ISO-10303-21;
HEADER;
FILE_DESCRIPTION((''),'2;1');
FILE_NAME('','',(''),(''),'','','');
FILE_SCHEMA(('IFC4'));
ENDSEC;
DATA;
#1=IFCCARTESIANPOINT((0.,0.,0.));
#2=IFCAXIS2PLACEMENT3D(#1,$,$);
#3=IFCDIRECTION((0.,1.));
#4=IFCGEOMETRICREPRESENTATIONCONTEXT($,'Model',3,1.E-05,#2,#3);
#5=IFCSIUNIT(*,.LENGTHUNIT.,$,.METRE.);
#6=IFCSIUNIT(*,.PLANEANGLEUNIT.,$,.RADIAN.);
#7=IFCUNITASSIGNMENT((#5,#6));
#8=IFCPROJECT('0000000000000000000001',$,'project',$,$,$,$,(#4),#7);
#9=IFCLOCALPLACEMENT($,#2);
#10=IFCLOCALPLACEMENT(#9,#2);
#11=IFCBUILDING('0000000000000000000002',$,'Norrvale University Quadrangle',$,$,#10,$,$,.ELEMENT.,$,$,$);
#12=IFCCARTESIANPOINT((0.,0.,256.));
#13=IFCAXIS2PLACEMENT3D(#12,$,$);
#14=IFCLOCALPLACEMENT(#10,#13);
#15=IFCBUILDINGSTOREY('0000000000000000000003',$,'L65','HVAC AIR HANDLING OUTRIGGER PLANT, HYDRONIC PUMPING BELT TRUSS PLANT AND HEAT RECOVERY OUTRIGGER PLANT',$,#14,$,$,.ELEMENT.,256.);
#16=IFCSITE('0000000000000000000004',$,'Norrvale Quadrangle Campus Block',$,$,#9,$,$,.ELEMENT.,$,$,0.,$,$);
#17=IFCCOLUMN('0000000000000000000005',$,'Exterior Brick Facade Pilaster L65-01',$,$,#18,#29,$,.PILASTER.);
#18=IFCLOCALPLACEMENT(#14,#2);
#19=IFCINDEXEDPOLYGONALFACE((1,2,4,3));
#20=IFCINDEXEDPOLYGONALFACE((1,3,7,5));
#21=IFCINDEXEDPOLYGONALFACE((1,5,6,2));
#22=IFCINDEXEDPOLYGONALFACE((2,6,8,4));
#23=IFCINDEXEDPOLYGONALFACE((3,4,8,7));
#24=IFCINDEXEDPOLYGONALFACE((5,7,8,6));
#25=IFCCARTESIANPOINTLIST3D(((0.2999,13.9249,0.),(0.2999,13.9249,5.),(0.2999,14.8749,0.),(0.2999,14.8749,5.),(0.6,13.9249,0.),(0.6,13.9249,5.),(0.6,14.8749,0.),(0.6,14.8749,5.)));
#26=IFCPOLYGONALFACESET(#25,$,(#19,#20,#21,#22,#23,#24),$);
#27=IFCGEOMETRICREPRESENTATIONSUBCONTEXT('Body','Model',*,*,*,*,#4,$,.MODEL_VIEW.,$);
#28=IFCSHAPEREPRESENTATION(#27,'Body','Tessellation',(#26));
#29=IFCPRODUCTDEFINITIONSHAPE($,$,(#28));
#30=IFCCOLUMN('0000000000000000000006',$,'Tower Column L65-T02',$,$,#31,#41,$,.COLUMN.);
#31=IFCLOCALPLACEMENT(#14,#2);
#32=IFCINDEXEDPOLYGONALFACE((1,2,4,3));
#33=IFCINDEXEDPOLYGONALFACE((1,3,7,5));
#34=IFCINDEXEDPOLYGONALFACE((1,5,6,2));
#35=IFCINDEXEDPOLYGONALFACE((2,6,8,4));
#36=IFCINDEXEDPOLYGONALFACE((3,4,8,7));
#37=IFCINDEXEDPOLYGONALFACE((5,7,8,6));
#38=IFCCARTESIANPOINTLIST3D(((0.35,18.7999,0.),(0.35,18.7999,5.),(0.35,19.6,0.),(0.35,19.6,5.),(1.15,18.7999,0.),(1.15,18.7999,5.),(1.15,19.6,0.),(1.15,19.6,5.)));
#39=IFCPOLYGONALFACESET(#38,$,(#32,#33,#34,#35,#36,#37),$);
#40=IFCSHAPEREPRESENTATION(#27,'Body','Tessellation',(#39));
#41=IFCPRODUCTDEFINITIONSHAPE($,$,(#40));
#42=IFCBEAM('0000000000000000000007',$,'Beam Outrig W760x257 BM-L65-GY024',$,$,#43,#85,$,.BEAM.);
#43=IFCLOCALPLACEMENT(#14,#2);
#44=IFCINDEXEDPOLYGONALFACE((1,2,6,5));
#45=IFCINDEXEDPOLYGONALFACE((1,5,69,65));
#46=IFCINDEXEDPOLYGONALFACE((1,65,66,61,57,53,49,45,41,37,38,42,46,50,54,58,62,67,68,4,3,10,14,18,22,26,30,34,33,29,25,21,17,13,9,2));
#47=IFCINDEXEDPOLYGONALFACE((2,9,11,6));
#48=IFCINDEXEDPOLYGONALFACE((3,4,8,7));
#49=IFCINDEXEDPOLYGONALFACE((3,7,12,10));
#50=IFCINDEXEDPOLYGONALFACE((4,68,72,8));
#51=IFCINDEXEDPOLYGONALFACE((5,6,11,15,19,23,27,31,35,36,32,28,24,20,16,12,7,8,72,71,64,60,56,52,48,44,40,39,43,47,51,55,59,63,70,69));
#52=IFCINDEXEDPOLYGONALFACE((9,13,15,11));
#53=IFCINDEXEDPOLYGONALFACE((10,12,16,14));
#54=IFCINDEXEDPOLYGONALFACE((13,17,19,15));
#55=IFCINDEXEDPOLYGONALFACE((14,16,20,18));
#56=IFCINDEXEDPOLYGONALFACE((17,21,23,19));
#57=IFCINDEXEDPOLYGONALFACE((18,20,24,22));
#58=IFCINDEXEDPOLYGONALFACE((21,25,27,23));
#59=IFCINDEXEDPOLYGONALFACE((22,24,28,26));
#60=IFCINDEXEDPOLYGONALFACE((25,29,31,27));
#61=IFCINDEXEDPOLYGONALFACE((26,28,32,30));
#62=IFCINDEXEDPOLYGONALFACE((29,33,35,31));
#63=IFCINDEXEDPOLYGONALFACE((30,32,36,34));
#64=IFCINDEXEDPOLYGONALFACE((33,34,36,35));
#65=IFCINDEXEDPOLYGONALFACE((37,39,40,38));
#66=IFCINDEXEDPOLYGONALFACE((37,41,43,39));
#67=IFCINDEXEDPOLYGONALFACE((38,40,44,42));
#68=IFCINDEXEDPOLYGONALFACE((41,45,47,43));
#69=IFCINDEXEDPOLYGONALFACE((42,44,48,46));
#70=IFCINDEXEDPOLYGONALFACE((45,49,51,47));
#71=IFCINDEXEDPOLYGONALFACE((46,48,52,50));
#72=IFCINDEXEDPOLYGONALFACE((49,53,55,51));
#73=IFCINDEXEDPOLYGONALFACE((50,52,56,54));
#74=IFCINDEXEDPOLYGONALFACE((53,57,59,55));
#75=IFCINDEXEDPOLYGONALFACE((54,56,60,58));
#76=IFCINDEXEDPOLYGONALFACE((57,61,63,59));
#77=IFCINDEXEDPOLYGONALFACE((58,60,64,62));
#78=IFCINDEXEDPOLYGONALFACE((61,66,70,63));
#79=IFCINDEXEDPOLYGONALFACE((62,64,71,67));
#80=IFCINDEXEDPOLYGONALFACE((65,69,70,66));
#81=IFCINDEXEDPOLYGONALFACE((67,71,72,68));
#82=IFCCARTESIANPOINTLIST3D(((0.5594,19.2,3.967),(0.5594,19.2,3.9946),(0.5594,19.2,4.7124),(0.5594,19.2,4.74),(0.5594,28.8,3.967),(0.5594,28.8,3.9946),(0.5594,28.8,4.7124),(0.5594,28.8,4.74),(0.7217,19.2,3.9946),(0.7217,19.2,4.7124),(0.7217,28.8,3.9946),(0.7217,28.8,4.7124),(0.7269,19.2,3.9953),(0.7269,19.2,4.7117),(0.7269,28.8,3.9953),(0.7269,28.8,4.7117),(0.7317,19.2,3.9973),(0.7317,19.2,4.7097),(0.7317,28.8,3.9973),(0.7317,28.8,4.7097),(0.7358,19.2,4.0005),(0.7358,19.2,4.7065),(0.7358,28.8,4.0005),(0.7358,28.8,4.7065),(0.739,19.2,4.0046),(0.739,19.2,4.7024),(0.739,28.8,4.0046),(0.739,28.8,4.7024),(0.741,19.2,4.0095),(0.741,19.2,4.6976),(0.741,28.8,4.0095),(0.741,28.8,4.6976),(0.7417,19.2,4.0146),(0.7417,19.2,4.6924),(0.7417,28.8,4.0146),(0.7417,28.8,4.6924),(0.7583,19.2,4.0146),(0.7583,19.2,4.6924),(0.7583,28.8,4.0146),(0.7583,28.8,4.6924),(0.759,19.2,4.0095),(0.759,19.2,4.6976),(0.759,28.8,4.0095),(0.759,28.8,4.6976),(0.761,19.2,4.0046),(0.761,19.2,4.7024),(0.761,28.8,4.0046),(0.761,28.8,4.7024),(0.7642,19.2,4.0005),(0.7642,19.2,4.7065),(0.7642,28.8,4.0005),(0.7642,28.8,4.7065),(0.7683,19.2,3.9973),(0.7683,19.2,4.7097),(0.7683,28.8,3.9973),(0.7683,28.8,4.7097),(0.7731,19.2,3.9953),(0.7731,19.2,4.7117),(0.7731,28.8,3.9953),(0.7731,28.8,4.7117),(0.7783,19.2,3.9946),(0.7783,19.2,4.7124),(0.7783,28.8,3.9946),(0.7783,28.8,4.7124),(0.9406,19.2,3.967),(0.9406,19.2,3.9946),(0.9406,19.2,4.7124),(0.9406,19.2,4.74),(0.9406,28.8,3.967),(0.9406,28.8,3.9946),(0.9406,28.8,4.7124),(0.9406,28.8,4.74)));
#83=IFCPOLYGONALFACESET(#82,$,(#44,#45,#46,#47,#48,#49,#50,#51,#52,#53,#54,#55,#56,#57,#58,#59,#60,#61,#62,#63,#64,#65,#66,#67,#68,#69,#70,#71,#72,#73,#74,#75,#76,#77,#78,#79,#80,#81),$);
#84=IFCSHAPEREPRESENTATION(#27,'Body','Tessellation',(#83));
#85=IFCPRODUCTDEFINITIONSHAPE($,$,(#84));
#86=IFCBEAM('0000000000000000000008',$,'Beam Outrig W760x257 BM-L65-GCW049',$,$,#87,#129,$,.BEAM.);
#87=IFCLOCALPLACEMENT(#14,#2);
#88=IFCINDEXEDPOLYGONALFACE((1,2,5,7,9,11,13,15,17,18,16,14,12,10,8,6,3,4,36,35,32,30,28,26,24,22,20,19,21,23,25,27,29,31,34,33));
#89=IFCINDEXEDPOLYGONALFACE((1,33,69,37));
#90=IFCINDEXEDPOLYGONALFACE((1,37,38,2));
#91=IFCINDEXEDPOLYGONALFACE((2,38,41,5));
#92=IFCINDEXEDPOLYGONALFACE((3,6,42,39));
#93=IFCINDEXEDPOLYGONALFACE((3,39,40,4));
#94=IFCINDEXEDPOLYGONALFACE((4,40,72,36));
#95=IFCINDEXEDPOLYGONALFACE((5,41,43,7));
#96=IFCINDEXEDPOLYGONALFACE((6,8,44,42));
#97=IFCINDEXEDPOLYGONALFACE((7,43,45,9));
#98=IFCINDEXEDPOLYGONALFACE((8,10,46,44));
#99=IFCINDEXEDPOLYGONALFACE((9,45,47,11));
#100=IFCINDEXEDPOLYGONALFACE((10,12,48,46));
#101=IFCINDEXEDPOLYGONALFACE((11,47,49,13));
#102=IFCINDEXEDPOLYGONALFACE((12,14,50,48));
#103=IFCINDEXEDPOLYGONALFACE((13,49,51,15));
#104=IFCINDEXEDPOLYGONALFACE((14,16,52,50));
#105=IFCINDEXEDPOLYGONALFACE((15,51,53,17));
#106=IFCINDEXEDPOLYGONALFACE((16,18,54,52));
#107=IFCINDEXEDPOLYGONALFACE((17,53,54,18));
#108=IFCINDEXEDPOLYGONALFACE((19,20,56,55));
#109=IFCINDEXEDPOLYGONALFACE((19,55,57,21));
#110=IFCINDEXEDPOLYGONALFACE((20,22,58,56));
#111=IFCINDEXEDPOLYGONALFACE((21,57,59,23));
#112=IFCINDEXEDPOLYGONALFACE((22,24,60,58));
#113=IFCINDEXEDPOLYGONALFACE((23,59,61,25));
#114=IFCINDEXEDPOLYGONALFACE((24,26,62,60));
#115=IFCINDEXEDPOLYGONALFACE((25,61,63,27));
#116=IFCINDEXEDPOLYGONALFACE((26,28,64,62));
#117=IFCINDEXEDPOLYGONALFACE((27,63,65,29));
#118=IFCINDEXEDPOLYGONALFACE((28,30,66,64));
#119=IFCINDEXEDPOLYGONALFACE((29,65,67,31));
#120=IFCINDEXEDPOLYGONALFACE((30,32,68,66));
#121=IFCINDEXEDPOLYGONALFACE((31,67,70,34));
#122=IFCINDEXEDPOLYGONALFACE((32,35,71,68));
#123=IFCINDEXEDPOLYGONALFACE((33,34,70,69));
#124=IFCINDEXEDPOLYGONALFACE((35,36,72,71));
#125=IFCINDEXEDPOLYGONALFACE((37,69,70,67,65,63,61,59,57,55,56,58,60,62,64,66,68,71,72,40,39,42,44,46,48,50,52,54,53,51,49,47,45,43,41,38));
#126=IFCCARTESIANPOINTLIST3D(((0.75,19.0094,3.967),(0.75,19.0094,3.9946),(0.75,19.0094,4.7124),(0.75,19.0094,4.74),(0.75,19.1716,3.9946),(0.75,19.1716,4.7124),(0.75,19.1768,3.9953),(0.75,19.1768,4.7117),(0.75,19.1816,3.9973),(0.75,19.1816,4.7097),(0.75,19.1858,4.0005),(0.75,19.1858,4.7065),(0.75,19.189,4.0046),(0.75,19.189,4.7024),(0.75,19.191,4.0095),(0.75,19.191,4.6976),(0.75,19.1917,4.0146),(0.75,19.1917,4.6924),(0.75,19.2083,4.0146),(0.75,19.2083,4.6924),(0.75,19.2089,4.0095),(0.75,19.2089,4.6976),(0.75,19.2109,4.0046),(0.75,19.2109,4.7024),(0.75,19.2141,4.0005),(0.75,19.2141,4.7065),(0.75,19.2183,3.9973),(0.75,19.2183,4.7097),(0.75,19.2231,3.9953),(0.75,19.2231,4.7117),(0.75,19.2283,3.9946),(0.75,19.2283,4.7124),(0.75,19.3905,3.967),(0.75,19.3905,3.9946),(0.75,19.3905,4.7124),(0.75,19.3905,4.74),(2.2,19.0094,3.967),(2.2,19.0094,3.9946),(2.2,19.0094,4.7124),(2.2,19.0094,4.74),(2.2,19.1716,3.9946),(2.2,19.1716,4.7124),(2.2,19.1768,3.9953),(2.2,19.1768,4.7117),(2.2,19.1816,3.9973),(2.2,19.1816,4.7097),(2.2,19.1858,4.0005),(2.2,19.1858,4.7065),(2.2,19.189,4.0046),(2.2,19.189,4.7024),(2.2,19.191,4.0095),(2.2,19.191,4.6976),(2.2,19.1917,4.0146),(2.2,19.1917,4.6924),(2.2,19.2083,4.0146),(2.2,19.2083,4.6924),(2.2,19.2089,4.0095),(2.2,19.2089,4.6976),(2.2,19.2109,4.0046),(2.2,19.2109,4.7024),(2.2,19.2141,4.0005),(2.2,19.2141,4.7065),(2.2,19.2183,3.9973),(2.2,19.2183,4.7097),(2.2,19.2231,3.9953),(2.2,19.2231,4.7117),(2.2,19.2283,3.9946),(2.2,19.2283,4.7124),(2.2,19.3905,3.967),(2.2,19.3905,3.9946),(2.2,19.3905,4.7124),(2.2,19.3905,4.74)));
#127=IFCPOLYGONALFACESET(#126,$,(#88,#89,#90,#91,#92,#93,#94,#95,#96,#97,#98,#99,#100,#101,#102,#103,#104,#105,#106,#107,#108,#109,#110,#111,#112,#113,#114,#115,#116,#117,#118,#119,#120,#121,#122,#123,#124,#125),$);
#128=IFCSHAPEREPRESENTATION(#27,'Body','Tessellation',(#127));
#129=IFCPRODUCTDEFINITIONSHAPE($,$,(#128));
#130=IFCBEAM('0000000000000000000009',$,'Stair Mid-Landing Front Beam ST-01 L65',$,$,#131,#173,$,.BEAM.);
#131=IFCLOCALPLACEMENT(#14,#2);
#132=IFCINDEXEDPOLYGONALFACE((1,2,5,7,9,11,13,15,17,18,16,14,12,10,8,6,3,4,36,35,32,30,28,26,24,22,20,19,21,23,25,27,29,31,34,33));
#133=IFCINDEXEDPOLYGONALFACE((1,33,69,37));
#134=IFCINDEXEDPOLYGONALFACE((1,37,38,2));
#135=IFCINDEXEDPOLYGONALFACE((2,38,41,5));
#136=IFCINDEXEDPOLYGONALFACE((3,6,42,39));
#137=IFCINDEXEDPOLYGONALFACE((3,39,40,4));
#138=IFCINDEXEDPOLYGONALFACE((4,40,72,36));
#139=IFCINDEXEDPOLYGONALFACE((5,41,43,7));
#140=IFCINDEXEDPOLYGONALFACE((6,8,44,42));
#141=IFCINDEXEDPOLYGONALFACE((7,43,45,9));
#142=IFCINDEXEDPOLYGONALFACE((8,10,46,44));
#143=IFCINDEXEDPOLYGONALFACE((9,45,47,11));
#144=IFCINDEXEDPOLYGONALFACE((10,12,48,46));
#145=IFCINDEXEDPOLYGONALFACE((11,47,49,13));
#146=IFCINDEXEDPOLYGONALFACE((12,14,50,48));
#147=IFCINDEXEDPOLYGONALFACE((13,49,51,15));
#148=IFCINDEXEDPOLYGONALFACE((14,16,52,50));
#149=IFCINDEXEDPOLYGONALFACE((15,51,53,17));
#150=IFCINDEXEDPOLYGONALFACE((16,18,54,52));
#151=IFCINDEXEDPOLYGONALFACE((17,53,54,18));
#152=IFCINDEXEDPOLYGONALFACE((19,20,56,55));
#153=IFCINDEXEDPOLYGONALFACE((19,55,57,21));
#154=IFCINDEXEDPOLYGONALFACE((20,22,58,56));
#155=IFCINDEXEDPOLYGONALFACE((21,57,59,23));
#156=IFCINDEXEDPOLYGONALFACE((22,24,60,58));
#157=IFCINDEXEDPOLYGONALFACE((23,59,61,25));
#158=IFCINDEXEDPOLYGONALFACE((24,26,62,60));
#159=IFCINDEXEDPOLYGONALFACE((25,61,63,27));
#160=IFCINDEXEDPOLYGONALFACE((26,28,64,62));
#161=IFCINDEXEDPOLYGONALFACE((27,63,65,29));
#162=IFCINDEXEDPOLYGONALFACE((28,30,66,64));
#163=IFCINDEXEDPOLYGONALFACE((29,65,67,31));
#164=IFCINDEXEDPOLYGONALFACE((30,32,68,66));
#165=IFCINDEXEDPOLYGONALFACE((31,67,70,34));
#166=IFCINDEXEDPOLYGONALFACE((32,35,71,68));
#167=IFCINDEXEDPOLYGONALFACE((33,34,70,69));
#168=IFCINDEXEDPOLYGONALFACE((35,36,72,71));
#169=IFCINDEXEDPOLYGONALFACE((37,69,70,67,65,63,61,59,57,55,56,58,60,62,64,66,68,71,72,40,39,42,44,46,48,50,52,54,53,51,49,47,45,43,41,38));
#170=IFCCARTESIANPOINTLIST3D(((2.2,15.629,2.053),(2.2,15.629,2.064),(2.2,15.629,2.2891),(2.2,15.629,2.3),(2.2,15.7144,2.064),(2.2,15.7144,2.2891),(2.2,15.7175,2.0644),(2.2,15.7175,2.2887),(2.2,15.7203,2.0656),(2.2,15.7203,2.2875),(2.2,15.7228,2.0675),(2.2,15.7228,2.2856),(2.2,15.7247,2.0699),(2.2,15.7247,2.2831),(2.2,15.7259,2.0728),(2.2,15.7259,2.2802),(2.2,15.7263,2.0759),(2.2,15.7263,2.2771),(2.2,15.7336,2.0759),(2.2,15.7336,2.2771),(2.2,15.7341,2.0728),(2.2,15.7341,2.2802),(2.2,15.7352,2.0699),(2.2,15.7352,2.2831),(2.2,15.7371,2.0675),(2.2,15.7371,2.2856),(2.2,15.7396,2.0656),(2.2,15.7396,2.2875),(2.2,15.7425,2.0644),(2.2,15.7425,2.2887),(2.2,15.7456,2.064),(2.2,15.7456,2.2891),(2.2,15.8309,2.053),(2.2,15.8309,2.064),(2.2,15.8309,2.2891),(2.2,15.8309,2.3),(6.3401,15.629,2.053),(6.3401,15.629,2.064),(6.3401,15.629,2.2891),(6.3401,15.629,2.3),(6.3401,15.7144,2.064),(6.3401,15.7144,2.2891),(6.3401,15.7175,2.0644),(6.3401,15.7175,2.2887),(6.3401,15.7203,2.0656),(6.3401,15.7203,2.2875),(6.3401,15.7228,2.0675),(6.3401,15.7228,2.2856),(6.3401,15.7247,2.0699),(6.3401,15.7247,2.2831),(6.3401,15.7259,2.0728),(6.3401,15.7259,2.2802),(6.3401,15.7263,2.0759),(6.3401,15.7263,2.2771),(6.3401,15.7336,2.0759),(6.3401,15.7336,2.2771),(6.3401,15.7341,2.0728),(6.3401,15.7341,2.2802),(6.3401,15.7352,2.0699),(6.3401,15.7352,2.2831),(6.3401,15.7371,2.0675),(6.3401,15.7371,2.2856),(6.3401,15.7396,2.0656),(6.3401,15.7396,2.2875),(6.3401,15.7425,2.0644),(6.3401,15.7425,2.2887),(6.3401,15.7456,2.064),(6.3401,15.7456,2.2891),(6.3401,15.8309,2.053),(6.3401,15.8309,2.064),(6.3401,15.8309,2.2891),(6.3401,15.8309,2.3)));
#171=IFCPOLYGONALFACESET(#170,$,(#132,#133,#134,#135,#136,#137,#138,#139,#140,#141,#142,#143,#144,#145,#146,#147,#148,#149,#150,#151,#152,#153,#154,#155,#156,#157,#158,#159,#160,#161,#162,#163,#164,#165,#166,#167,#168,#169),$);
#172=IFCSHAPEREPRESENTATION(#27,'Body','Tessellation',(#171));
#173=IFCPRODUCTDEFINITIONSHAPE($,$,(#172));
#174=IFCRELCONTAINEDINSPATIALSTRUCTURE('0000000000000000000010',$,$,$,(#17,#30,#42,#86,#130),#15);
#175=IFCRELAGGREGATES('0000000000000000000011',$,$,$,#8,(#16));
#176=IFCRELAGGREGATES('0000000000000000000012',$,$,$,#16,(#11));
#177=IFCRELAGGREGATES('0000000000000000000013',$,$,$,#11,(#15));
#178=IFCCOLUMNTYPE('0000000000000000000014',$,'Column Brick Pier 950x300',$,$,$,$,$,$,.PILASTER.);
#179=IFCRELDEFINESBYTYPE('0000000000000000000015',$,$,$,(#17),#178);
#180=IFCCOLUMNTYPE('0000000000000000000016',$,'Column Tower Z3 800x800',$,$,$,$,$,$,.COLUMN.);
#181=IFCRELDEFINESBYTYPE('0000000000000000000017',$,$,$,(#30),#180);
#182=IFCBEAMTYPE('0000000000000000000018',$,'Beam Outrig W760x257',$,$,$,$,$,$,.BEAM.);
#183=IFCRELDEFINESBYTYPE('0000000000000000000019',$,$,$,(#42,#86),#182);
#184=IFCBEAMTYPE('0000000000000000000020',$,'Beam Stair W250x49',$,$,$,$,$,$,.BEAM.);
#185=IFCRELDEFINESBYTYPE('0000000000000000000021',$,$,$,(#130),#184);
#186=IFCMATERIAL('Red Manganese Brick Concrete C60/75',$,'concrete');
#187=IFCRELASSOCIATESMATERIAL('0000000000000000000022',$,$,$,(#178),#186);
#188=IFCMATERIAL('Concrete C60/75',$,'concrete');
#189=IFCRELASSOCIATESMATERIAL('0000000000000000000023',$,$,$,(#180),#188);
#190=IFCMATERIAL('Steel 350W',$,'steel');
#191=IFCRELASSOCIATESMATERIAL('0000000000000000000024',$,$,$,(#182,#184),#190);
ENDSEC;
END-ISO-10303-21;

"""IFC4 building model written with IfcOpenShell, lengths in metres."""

from ifc_helpers import new_model, si_unit, direction, frame, origin, origin_2d, place, context, subcontext, project, spatial, rectangle, i_section, extrude, material, material_profile, profile_set, type_object, element, save


model = new_model("IFC4")

# Units and contexts
model_context = context("Model", 3, precision=1e-05, world=origin(), true_north=direction((0.0, 1.0)))
body_context = subcontext(model_context, "Body", "Model", "MODEL_VIEW")
ifc_project = project(units=[si_unit("LENGTHUNIT", "METRE"), si_unit("PLANEANGLEUNIT", "RADIAN")], contexts=[model_context])

# Site, building, storey
site_placement = place(None, origin())
site = spatial("IfcSite", under=ifc_project, at=site_placement, Name="Norrvale Quadrangle Campus Block", CompositionType="ELEMENT", RefElevation=0.0)
building_placement = place(site_placement, origin())
building = spatial("IfcBuilding", under=site, at=building_placement, Name="Norrvale University Quadrangle", CompositionType="ELEMENT")
storey_placement = place(building_placement, frame((0.0, 0.0, 256.0)))
storey = spatial("IfcBuildingStorey", under=building, at=storey_placement, Name="L65", Description="HVAC AIR HANDLING OUTRIGGER PLANT, HYDRONIC PUMPING BELT TRUSS PLANT AND HEAT RECOVERY OUTRIGGER PLANT", CompositionType="ELEMENT", Elevation=256.0)

# Columns
ifc_material_1 = material(Name="Red Manganese Brick Concrete C60/75", Category="concrete")
ifc_material_profile_1 = material_profile(ifc_material_1, rectangle(XDim=0.95, YDim=0.3, at=origin_2d()), Name="Red Manganese Brick Concrete C60/75")
ifc_profile_set_1 = profile_set([ifc_material_profile_1], Name="Red Manganese Brick Concrete C60/75")
column_type_1 = type_object("IfcColumnType", Name="Column Brick Pier 950x300", PredefinedType="PILASTER", material=ifc_profile_set_1)
column_1_placement = place(storey_placement, frame((0.45, 14.3999, 0.0), z_axis=(0.0, 0.0, 1.0), x_axis=(0.0, 1.0, 0.0)))
element("IfcColumn", 1, at=column_1_placement, inside=storey, type_object=column_type_1, Name="Exterior Brick Facade Pilaster L65-01", PredefinedType="PILASTER", context=body_context, shape_type="SweptSolid", body=[
    extrude(rectangle(XDim=0.95, YDim=0.3, at=origin_2d()), origin(), (0.0, 0.0, 1.0), 5.0),
])
ifc_material_2 = material(Name="Concrete C60/75", Category="concrete")
ifc_material_profile_2 = material_profile(ifc_material_2, rectangle(XDim=0.8, YDim=0.8, at=origin_2d()), Name="Concrete C60/75")
ifc_profile_set_2 = profile_set([ifc_material_profile_2], Name="Concrete C60/75")
column_type_2 = type_object("IfcColumnType", Name="Column Tower Z3 800x800", PredefinedType="COLUMN", material=ifc_profile_set_2)
column_2_placement = place(storey_placement, frame((0.75, 19.2, 0.0), z_axis=(0.0, 0.0, 1.0), x_axis=(1.0, 0.0, 0.0)))
element("IfcColumn", 2, at=column_2_placement, inside=storey, type_object=column_type_2, Name="Tower Column L65-T02", PredefinedType="COLUMN", context=body_context, shape_type="SweptSolid", body=[
    extrude(rectangle(XDim=0.8, YDim=0.8, at=origin_2d()), origin(), (0.0, 0.0, 1.0), 5.0),
])

# Beams
ifc_material_3 = material(Name="Steel 350W", Category="steel")
ifc_material_profile_3 = material_profile(ifc_material_3, i_section(OverallWidth=0.3811, OverallDepth=0.7729, WebThickness=0.0166, FlangeThickness=0.0276, FilletRadius=0.02, at=origin_2d()), Name="Steel 350W")
ifc_profile_set_3 = profile_set([ifc_material_profile_3], Name="Steel 350W")
beam_type_1 = type_object("IfcBeamType", Name="Beam Outrig W760x257", PredefinedType="BEAM", material=ifc_profile_set_3)
beam_1_placement = place(storey_placement, frame((0.75, 19.2, 4.3535), z_axis=(0.0, 1.0, 0.0), x_axis=(-1.0, 0.0, 0.0)))
element("IfcBeam", 3, at=beam_1_placement, inside=storey, type_object=beam_type_1, Name="Beam Outrig W760x257 BM-L65-GY024", PredefinedType="BEAM", context=body_context, shape_type="SweptSolid", body=[
    extrude(i_section(OverallWidth=0.3811, OverallDepth=0.7729, WebThickness=0.0166, FlangeThickness=0.0276, FilletRadius=0.02, at=origin_2d()), origin(), (0.0, 0.0, 1.0), 9.6001),
])
beam_2_placement = place(storey_placement, frame((0.75, 19.2, 4.3535), z_axis=(1.0, 0.0, 0.0), x_axis=(0.0, 1.0, 0.0)))
element("IfcBeam", 4, at=beam_2_placement, inside=storey, type_object=beam_type_1, Name="Beam Outrig W760x257 BM-L65-GCW049", PredefinedType="BEAM", context=body_context, shape_type="SweptSolid", body=[
    extrude(i_section(OverallWidth=0.3811, OverallDepth=0.7729, WebThickness=0.0166, FlangeThickness=0.0276, FilletRadius=0.02, at=origin_2d()), origin(), (0.0, 0.0, 1.0), 1.45),
])
ifc_material_profile_4 = material_profile(ifc_material_3, i_section(OverallWidth=0.2019, OverallDepth=0.2471, WebThickness=0.0073, FlangeThickness=0.011, FilletRadius=0.012, at=origin_2d()), Name="Steel 350W")
ifc_profile_set_4 = profile_set([ifc_material_profile_4], Name="Steel 350W")
beam_type_2 = type_object("IfcBeamType", Name="Beam Stair W250x49", PredefinedType="BEAM", material=ifc_profile_set_4)
for number, where, z_axis, x_axis, name in (
    (5, (2.2, 15.73, 2.1765), (1.0, 0.0, 0.0), (0.0, 1.0, 0.0), "Stair Mid-Landing Front Beam ST-01 L65"),
):
    element("IfcBeam", number, at=place(storey_placement, frame(where, z_axis=z_axis, x_axis=x_axis)), inside=storey, type_object=beam_type_2, Name=name, PredefinedType="BEAM", context=body_context, shape_type="SweptSolid", body=[
        extrude(i_section(OverallWidth=0.2019, OverallDepth=0.2471, WebThickness=0.0073, FlangeThickness=0.011, FilletRadius=0.012, at=origin_2d()), origin(), (0.0, 0.0, 1.0), 4.1401),
    ])

save(model, "model.ifc")
